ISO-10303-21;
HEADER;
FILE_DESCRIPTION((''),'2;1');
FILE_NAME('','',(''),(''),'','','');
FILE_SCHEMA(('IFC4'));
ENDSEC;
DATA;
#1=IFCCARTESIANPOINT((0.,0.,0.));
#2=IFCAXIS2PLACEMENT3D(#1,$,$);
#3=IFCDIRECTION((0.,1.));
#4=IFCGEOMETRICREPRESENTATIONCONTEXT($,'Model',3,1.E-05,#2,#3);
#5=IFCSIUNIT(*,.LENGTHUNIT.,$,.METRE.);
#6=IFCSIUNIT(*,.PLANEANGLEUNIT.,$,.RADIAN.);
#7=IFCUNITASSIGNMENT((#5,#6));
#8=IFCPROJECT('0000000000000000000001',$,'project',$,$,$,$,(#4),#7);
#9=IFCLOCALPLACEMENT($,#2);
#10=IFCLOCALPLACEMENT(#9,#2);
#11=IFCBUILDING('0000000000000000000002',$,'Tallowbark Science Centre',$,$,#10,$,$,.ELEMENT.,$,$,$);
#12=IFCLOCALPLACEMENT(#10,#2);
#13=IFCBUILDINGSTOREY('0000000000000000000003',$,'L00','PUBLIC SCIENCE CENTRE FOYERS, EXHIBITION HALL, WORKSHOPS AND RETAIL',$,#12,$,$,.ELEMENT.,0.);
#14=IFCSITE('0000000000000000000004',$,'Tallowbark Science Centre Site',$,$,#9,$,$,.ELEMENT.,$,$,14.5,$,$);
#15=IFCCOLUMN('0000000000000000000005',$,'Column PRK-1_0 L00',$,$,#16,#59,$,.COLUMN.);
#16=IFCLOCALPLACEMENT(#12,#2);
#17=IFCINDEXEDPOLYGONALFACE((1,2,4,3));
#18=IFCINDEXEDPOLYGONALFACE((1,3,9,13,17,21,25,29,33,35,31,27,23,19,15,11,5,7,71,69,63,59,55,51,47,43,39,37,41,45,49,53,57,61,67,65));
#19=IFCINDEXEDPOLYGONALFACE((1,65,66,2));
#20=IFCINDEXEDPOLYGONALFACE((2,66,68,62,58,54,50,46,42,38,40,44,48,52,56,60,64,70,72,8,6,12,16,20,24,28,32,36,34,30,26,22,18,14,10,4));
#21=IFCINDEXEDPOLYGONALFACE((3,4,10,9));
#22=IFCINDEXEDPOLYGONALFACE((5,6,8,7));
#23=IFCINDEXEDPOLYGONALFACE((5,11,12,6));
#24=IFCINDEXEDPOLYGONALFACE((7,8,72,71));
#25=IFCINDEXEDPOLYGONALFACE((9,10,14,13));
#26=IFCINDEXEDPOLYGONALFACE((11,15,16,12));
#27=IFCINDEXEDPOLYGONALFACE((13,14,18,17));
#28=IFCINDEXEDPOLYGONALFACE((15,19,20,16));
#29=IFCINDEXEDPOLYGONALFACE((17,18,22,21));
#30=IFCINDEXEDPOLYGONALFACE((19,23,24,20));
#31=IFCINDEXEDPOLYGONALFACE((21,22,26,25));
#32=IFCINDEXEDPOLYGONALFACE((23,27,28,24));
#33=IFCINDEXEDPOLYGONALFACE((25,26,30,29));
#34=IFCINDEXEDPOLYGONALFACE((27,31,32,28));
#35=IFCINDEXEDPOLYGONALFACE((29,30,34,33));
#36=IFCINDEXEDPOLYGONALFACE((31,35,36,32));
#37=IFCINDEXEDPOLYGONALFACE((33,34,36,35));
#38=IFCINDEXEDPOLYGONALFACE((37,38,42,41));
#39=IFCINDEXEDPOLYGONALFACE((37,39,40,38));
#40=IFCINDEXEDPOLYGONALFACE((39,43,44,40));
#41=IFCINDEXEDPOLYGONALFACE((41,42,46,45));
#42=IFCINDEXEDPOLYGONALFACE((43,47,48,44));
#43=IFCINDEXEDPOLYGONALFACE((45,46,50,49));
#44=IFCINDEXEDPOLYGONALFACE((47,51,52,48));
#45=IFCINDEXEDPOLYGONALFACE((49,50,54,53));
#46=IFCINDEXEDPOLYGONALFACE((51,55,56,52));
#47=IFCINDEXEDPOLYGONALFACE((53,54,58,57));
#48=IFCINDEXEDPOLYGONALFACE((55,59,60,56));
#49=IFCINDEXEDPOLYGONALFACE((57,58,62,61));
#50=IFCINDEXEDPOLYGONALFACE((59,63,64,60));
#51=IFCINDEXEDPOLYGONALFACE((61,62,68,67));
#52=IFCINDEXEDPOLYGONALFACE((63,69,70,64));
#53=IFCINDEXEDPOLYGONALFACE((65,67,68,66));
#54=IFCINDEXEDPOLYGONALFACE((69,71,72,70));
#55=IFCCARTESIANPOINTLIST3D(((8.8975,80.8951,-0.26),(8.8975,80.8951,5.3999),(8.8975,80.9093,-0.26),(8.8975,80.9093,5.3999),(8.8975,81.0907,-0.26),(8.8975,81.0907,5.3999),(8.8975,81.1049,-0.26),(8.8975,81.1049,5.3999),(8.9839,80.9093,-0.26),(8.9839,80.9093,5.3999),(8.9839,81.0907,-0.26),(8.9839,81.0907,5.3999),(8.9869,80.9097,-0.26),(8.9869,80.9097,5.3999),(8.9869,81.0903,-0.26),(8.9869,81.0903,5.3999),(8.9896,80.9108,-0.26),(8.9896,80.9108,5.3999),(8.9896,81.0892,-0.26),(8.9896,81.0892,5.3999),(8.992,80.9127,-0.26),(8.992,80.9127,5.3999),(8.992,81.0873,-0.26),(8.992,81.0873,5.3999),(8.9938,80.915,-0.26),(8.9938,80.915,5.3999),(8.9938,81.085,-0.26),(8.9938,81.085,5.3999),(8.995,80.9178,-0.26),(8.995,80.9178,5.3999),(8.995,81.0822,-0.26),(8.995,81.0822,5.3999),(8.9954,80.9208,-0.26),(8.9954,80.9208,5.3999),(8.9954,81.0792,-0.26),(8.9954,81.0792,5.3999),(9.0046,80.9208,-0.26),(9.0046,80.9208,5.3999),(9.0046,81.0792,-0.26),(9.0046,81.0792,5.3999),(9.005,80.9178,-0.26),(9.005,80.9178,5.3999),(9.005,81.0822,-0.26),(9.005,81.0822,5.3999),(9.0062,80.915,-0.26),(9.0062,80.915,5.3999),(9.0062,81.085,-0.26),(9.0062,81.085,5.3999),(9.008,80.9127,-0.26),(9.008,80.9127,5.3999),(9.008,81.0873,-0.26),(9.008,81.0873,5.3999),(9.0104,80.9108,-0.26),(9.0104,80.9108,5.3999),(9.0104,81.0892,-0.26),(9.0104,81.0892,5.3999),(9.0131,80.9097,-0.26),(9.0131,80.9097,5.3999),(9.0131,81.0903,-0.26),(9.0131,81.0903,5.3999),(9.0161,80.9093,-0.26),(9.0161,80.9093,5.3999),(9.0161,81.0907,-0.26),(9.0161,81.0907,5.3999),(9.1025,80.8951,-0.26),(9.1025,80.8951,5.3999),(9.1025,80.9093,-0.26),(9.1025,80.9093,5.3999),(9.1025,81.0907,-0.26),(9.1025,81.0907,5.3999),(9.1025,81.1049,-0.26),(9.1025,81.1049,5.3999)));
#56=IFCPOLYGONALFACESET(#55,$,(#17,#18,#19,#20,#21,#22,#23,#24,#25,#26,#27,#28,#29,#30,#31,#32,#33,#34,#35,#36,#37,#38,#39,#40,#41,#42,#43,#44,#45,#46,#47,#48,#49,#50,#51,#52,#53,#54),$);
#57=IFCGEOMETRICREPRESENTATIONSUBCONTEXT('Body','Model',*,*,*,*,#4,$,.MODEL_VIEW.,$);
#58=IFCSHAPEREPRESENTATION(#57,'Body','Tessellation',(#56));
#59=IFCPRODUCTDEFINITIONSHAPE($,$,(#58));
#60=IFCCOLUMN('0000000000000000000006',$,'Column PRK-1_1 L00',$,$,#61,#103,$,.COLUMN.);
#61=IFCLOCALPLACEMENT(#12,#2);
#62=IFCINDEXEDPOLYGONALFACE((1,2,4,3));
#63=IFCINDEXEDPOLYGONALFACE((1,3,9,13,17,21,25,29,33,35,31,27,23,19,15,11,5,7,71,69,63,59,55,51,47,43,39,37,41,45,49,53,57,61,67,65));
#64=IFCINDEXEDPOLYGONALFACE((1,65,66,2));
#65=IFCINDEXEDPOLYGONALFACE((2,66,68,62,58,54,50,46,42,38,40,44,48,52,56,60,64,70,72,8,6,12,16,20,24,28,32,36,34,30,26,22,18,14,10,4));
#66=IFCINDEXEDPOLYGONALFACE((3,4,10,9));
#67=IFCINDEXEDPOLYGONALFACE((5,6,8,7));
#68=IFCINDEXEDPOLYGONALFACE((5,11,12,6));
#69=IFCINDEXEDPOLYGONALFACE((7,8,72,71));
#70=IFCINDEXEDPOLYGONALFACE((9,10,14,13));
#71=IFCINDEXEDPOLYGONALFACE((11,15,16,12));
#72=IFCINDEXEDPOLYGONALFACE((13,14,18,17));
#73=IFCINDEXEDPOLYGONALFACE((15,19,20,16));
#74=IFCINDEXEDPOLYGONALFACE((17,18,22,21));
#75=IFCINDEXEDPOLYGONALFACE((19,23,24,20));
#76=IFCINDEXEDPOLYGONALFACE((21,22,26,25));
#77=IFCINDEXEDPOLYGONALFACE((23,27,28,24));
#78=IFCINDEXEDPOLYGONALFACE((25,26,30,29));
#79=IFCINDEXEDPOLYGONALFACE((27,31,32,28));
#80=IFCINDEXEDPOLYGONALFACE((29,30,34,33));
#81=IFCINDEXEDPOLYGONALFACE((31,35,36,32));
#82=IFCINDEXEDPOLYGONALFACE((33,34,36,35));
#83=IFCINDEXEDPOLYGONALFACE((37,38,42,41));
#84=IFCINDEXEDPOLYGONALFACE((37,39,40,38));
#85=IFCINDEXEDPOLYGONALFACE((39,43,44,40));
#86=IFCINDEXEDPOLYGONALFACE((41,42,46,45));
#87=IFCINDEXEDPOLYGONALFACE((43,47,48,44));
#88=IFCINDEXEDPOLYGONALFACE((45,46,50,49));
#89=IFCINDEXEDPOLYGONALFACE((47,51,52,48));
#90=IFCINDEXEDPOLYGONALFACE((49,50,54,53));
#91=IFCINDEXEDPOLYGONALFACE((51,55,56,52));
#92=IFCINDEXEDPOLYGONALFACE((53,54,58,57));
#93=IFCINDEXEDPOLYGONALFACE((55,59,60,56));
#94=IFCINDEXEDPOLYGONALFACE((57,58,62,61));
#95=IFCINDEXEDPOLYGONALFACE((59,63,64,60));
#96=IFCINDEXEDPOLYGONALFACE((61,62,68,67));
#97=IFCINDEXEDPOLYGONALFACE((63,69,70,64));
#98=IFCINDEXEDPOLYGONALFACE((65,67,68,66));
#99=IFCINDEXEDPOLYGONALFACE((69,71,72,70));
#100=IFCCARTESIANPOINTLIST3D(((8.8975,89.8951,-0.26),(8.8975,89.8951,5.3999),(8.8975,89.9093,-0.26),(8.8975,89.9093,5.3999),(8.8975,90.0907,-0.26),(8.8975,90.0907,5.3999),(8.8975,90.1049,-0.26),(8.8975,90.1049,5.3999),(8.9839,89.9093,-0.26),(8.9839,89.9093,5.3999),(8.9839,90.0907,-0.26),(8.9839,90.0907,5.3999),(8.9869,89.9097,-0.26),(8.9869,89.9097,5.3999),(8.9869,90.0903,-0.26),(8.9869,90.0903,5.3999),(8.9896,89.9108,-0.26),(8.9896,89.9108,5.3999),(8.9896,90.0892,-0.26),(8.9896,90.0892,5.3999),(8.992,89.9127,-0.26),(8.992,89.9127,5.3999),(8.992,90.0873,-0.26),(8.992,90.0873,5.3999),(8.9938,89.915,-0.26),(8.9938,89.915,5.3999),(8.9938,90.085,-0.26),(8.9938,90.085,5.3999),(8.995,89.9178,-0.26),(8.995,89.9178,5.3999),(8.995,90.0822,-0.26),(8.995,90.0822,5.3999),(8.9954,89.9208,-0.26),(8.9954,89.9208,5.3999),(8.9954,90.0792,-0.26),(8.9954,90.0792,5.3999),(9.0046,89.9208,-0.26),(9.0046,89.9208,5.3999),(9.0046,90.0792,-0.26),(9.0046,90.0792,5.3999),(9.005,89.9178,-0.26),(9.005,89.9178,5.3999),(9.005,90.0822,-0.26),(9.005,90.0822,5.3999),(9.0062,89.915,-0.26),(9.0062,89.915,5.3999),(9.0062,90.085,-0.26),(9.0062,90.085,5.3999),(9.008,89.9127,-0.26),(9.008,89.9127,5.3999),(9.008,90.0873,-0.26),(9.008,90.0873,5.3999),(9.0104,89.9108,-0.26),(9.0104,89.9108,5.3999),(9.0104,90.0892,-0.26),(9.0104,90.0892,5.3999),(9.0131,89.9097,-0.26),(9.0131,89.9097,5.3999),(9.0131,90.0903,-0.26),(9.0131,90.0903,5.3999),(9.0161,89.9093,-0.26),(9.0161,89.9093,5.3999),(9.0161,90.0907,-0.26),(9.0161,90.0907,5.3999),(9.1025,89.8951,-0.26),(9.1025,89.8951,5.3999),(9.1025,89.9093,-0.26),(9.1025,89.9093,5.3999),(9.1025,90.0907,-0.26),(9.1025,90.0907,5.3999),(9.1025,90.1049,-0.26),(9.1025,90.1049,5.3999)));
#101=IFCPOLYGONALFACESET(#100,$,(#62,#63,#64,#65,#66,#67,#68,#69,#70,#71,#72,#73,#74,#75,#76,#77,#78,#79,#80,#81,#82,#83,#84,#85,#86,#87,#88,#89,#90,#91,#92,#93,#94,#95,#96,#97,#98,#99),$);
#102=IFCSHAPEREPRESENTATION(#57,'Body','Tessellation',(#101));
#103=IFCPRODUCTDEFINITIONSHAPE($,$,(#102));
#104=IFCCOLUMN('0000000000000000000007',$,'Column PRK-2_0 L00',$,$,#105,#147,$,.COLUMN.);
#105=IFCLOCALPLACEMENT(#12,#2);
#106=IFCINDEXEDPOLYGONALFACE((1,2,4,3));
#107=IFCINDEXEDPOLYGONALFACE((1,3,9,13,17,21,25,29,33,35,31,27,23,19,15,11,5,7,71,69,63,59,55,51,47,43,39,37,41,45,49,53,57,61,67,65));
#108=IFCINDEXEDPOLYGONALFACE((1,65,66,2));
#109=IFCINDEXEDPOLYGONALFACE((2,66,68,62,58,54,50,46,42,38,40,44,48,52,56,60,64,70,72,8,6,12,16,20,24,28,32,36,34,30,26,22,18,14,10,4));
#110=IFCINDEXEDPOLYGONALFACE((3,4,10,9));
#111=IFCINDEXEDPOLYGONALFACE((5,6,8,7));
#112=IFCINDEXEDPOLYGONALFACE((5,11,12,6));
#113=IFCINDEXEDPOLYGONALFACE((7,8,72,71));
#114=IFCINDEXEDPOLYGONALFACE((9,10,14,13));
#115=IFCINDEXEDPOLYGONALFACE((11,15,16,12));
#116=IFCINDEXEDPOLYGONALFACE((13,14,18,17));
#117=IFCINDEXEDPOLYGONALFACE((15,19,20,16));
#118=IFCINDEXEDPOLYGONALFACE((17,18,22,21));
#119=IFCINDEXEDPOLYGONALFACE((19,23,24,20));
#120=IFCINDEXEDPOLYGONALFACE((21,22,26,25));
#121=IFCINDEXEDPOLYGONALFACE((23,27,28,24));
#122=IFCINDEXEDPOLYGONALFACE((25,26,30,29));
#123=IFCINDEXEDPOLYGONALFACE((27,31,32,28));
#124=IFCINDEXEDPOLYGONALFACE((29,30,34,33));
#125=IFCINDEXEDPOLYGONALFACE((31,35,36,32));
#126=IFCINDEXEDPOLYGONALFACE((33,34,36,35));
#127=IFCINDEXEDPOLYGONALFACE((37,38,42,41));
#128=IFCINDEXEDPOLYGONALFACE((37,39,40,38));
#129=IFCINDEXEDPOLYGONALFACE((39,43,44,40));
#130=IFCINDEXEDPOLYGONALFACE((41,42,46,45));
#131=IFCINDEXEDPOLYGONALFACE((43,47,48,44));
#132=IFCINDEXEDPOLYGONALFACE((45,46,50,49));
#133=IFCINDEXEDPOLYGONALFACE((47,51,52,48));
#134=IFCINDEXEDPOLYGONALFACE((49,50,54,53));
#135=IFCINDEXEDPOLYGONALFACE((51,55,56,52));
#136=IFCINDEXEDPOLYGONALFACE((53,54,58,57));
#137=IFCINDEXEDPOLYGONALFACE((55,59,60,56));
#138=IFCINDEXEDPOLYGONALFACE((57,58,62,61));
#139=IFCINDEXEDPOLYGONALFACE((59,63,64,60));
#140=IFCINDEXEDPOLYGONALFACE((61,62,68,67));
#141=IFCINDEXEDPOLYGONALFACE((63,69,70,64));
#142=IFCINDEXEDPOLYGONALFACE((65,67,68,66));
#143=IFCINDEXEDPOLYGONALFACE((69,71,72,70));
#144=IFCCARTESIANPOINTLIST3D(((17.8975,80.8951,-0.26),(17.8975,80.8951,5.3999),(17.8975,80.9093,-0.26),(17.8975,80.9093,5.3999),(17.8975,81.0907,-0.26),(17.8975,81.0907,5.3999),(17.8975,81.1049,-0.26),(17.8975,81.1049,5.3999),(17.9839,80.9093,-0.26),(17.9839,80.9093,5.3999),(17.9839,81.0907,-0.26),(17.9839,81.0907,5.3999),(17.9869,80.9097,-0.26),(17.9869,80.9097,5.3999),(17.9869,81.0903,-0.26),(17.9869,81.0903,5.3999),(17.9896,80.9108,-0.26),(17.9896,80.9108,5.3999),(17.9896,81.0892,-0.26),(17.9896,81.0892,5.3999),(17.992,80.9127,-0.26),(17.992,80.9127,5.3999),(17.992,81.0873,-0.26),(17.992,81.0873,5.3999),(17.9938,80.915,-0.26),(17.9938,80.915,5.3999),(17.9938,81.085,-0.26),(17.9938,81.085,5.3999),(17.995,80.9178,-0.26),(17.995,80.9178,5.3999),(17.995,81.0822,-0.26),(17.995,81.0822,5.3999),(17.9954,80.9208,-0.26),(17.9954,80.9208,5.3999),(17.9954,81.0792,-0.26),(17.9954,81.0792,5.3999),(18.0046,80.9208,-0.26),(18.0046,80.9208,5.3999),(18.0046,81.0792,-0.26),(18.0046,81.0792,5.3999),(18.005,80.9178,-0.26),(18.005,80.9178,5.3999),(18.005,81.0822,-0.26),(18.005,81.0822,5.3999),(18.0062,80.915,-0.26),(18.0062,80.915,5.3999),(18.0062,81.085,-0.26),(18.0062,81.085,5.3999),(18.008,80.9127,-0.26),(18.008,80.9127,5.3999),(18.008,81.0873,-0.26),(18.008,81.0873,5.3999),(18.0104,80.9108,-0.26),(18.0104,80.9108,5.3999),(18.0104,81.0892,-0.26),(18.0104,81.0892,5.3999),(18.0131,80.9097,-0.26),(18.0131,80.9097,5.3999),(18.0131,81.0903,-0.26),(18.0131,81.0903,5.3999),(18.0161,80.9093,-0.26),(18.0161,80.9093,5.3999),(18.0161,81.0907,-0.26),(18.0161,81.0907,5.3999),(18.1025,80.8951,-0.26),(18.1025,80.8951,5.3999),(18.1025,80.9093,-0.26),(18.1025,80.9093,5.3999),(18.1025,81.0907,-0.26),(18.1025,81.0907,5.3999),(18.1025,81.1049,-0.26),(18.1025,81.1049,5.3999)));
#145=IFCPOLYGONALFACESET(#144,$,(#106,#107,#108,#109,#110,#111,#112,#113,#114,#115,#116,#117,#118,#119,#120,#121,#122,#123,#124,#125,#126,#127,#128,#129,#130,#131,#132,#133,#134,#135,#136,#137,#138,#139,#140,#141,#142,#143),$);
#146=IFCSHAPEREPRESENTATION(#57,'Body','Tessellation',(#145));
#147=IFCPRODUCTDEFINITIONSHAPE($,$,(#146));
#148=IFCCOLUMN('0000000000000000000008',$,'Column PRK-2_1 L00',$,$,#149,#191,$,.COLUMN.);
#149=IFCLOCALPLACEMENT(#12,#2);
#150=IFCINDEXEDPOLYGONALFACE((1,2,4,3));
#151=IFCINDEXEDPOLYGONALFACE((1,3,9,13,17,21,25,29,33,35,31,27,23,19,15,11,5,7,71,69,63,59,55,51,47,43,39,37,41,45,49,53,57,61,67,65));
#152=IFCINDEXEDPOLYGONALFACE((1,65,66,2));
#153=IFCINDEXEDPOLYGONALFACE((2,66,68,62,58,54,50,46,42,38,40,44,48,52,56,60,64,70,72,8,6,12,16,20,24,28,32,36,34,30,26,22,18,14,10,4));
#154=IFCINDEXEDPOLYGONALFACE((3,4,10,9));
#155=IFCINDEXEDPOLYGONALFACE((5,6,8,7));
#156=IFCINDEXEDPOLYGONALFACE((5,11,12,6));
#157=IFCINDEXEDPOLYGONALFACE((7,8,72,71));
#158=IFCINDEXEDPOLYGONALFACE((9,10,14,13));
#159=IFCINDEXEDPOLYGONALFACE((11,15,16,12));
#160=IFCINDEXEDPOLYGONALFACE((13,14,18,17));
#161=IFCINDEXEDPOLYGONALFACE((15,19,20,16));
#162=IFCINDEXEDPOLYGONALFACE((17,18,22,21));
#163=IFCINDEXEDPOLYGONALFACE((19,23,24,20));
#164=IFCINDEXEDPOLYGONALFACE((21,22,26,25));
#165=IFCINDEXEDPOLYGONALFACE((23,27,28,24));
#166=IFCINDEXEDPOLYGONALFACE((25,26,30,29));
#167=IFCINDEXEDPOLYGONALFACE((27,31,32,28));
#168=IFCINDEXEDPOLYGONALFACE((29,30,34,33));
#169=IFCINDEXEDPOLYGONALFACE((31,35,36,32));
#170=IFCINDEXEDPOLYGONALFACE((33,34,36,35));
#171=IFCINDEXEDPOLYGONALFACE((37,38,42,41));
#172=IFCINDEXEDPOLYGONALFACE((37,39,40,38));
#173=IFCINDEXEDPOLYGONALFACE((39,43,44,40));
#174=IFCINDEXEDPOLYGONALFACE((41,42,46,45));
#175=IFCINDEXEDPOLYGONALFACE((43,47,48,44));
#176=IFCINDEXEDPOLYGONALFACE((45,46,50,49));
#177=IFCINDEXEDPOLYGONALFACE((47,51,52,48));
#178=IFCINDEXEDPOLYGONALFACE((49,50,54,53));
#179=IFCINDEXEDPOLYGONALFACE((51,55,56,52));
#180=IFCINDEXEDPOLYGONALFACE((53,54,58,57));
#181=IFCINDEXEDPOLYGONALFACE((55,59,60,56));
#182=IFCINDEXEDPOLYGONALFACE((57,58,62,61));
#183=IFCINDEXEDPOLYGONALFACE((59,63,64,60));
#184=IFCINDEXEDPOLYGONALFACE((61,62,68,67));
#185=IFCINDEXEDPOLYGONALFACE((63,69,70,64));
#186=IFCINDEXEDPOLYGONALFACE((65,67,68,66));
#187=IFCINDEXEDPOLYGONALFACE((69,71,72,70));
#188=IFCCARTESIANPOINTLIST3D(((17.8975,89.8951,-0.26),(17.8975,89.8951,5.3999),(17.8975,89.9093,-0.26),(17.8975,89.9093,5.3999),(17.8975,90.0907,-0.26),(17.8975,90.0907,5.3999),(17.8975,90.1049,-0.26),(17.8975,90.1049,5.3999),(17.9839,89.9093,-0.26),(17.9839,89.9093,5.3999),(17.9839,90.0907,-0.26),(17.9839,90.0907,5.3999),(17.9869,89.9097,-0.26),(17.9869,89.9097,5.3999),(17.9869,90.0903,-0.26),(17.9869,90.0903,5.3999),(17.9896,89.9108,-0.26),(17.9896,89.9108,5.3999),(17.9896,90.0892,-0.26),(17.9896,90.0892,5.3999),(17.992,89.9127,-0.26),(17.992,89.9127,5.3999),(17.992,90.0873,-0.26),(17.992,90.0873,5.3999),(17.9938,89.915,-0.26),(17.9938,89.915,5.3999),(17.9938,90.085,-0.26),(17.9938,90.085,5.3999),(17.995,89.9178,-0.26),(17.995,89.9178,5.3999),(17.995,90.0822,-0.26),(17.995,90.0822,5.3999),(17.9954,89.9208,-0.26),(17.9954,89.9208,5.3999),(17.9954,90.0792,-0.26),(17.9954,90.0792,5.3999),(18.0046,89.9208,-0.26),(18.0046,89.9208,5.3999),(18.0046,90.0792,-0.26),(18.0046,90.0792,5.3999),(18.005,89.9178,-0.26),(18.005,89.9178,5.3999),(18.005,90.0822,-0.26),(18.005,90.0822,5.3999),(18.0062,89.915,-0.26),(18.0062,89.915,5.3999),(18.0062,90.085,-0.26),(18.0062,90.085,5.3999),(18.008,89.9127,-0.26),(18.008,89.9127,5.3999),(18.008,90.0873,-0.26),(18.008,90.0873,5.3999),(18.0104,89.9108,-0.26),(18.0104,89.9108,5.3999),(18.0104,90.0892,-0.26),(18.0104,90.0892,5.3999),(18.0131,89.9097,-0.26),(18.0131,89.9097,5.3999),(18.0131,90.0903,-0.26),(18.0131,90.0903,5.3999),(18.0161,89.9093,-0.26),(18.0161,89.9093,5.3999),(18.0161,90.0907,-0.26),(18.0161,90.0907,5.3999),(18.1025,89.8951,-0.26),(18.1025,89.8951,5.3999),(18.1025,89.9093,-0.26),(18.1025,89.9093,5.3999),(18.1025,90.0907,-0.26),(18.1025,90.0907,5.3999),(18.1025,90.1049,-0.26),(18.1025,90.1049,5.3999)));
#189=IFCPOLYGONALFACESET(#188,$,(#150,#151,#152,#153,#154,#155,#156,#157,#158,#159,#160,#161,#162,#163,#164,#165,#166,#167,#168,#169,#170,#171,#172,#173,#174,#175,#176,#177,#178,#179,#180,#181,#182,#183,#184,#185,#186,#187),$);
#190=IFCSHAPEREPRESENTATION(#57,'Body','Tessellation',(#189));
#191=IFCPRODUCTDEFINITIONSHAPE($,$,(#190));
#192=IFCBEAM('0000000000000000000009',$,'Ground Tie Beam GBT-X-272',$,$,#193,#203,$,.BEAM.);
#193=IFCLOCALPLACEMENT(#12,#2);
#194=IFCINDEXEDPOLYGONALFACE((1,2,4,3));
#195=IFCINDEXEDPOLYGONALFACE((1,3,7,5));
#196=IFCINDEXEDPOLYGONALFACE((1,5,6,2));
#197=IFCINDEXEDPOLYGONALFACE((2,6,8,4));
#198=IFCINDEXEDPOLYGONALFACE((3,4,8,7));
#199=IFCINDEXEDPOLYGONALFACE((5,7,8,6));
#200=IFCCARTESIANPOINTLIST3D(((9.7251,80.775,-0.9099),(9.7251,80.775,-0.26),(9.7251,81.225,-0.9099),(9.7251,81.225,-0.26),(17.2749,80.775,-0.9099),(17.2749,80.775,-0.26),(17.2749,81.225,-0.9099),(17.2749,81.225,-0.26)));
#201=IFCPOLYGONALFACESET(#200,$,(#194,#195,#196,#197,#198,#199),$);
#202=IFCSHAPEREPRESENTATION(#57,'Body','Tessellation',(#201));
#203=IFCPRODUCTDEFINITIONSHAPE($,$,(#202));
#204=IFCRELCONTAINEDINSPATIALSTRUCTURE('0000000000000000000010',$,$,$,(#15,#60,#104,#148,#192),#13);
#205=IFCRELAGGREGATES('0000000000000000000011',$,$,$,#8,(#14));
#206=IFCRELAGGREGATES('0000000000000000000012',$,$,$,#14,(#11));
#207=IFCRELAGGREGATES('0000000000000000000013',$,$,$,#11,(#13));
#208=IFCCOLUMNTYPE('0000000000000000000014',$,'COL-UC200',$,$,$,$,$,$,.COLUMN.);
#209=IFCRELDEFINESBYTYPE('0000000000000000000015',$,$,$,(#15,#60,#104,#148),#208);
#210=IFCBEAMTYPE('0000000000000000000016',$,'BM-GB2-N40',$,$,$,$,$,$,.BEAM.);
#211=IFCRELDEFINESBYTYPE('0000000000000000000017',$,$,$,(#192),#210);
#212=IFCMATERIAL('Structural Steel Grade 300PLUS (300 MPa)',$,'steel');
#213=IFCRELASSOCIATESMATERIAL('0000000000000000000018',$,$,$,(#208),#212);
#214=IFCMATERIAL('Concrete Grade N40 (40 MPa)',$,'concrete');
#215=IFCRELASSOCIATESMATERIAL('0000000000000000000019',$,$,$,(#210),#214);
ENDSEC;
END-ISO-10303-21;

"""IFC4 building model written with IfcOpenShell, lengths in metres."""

from ifc_helpers import new_model, si_unit, direction, frame, origin, origin_2d, place, context, subcontext, project, spatial, rectangle, i_section, extrude, material, material_profile, profile_set, type_object, element, save


model = new_model("IFC4")

# Units and contexts
model_context = context("Model", 3, precision=1e-05, world=origin(), true_north=direction((0.0, 1.0)))
body_context = subcontext(model_context, "Body", "Model", "MODEL_VIEW")
ifc_project = project(units=[si_unit("LENGTHUNIT", "METRE"), si_unit("PLANEANGLEUNIT", "RADIAN")], contexts=[model_context])

# Site, building, storey
site_placement = place(None, origin())
site = spatial("IfcSite", under=ifc_project, at=site_placement, Name="Tallowbark Science Centre Site", CompositionType="ELEMENT", RefElevation=14.5)
building_placement = place(site_placement, origin())
building = spatial("IfcBuilding", under=site, at=building_placement, Name="Tallowbark Science Centre", CompositionType="ELEMENT")
storey_placement = place(building_placement, origin())
storey = spatial("IfcBuildingStorey", under=building, at=storey_placement, Name="L00", Description="PUBLIC SCIENCE CENTRE FOYERS, EXHIBITION HALL, WORKSHOPS AND RETAIL", CompositionType="ELEMENT", Elevation=0.0)

# Shared definitions
ifc_material_1 = material(Name="Concrete Grade N40 (40 MPa)", Category="concrete")

# Columns
ifc_material_2 = material(Name="Structural Steel Grade 300PLUS (300 MPa)", Category="steel")
ifc_material_profile_1 = material_profile(ifc_material_2, i_section(OverallWidth=0.2051, OverallDepth=0.2097, WebThickness=0.0093, FlangeThickness=0.0142, FilletRadius=0.0115, at=origin_2d()), Name="200UC59.5")
ifc_profile_set_1 = profile_set([ifc_material_profile_1], Name="Structural Steel Grade 300PLUS (300 MPa)")
column_type = type_object("IfcColumnType", Name="COL-UC200", PredefinedType="COLUMN", material=ifc_profile_set_1)
for number, where, z_axis, x_axis, name in (
    (1, (9.0, 81.0, -0.26), (0.0, 0.0, 1.0), (1.0, 0.0, 0.0), "Column PRK-1_0 L00"),
    (2, (9.0, 90.0, -0.26), (0.0, 0.0, 1.0), (1.0, 0.0, 0.0), "Column PRK-1_1 L00"),
    (3, (18.0, 81.0, -0.26), (0.0, 0.0, 1.0), (1.0, 0.0, 0.0), "Column PRK-2_0 L00"),
    (4, (18.0, 90.0, -0.26), (0.0, 0.0, 1.0), (1.0, 0.0, 0.0), "Column PRK-2_1 L00"),
):
    element("IfcColumn", number, at=place(storey_placement, frame(where, z_axis=z_axis, x_axis=x_axis)), inside=storey, type_object=column_type, Name=name, PredefinedType="COLUMN", context=body_context, shape_type="SweptSolid", body=[
        extrude(i_section(OverallWidth=0.2051, OverallDepth=0.2097, WebThickness=0.0093, FlangeThickness=0.0142, FilletRadius=0.0115, at=origin_2d()), origin(), (0.0, 0.0, 1.0), 5.6599),
    ])

# Beam
ifc_material_profile_2 = material_profile(ifc_material_1, rectangle(XDim=0.45, YDim=0.6499, at=origin_2d()), Name="RC450x650")
ifc_profile_set_2 = profile_set([ifc_material_profile_2], Name="Concrete Grade N40 (40 MPa)")
beam_type = type_object("IfcBeamType", Name="BM-GB2-N40", PredefinedType="BEAM", material=ifc_profile_set_2)
for number, where, z_axis, x_axis, name in (
    (5, (9.7251, 81.0, -0.585), (1.0, 0.0, 0.0), (0.0, 1.0, 0.0), "Ground Tie Beam GBT-X-272"),
):
    element("IfcBeam", number, at=place(storey_placement, frame(where, z_axis=z_axis, x_axis=x_axis)), inside=storey, type_object=beam_type, Name=name, PredefinedType="BEAM", context=body_context, shape_type="SweptSolid", body=[
        extrude(rectangle(XDim=0.45, YDim=0.6499, at=origin_2d()), origin(), (0.0, 0.0, 1.0), 7.5498),
    ])

save(model, "model.ifc")
